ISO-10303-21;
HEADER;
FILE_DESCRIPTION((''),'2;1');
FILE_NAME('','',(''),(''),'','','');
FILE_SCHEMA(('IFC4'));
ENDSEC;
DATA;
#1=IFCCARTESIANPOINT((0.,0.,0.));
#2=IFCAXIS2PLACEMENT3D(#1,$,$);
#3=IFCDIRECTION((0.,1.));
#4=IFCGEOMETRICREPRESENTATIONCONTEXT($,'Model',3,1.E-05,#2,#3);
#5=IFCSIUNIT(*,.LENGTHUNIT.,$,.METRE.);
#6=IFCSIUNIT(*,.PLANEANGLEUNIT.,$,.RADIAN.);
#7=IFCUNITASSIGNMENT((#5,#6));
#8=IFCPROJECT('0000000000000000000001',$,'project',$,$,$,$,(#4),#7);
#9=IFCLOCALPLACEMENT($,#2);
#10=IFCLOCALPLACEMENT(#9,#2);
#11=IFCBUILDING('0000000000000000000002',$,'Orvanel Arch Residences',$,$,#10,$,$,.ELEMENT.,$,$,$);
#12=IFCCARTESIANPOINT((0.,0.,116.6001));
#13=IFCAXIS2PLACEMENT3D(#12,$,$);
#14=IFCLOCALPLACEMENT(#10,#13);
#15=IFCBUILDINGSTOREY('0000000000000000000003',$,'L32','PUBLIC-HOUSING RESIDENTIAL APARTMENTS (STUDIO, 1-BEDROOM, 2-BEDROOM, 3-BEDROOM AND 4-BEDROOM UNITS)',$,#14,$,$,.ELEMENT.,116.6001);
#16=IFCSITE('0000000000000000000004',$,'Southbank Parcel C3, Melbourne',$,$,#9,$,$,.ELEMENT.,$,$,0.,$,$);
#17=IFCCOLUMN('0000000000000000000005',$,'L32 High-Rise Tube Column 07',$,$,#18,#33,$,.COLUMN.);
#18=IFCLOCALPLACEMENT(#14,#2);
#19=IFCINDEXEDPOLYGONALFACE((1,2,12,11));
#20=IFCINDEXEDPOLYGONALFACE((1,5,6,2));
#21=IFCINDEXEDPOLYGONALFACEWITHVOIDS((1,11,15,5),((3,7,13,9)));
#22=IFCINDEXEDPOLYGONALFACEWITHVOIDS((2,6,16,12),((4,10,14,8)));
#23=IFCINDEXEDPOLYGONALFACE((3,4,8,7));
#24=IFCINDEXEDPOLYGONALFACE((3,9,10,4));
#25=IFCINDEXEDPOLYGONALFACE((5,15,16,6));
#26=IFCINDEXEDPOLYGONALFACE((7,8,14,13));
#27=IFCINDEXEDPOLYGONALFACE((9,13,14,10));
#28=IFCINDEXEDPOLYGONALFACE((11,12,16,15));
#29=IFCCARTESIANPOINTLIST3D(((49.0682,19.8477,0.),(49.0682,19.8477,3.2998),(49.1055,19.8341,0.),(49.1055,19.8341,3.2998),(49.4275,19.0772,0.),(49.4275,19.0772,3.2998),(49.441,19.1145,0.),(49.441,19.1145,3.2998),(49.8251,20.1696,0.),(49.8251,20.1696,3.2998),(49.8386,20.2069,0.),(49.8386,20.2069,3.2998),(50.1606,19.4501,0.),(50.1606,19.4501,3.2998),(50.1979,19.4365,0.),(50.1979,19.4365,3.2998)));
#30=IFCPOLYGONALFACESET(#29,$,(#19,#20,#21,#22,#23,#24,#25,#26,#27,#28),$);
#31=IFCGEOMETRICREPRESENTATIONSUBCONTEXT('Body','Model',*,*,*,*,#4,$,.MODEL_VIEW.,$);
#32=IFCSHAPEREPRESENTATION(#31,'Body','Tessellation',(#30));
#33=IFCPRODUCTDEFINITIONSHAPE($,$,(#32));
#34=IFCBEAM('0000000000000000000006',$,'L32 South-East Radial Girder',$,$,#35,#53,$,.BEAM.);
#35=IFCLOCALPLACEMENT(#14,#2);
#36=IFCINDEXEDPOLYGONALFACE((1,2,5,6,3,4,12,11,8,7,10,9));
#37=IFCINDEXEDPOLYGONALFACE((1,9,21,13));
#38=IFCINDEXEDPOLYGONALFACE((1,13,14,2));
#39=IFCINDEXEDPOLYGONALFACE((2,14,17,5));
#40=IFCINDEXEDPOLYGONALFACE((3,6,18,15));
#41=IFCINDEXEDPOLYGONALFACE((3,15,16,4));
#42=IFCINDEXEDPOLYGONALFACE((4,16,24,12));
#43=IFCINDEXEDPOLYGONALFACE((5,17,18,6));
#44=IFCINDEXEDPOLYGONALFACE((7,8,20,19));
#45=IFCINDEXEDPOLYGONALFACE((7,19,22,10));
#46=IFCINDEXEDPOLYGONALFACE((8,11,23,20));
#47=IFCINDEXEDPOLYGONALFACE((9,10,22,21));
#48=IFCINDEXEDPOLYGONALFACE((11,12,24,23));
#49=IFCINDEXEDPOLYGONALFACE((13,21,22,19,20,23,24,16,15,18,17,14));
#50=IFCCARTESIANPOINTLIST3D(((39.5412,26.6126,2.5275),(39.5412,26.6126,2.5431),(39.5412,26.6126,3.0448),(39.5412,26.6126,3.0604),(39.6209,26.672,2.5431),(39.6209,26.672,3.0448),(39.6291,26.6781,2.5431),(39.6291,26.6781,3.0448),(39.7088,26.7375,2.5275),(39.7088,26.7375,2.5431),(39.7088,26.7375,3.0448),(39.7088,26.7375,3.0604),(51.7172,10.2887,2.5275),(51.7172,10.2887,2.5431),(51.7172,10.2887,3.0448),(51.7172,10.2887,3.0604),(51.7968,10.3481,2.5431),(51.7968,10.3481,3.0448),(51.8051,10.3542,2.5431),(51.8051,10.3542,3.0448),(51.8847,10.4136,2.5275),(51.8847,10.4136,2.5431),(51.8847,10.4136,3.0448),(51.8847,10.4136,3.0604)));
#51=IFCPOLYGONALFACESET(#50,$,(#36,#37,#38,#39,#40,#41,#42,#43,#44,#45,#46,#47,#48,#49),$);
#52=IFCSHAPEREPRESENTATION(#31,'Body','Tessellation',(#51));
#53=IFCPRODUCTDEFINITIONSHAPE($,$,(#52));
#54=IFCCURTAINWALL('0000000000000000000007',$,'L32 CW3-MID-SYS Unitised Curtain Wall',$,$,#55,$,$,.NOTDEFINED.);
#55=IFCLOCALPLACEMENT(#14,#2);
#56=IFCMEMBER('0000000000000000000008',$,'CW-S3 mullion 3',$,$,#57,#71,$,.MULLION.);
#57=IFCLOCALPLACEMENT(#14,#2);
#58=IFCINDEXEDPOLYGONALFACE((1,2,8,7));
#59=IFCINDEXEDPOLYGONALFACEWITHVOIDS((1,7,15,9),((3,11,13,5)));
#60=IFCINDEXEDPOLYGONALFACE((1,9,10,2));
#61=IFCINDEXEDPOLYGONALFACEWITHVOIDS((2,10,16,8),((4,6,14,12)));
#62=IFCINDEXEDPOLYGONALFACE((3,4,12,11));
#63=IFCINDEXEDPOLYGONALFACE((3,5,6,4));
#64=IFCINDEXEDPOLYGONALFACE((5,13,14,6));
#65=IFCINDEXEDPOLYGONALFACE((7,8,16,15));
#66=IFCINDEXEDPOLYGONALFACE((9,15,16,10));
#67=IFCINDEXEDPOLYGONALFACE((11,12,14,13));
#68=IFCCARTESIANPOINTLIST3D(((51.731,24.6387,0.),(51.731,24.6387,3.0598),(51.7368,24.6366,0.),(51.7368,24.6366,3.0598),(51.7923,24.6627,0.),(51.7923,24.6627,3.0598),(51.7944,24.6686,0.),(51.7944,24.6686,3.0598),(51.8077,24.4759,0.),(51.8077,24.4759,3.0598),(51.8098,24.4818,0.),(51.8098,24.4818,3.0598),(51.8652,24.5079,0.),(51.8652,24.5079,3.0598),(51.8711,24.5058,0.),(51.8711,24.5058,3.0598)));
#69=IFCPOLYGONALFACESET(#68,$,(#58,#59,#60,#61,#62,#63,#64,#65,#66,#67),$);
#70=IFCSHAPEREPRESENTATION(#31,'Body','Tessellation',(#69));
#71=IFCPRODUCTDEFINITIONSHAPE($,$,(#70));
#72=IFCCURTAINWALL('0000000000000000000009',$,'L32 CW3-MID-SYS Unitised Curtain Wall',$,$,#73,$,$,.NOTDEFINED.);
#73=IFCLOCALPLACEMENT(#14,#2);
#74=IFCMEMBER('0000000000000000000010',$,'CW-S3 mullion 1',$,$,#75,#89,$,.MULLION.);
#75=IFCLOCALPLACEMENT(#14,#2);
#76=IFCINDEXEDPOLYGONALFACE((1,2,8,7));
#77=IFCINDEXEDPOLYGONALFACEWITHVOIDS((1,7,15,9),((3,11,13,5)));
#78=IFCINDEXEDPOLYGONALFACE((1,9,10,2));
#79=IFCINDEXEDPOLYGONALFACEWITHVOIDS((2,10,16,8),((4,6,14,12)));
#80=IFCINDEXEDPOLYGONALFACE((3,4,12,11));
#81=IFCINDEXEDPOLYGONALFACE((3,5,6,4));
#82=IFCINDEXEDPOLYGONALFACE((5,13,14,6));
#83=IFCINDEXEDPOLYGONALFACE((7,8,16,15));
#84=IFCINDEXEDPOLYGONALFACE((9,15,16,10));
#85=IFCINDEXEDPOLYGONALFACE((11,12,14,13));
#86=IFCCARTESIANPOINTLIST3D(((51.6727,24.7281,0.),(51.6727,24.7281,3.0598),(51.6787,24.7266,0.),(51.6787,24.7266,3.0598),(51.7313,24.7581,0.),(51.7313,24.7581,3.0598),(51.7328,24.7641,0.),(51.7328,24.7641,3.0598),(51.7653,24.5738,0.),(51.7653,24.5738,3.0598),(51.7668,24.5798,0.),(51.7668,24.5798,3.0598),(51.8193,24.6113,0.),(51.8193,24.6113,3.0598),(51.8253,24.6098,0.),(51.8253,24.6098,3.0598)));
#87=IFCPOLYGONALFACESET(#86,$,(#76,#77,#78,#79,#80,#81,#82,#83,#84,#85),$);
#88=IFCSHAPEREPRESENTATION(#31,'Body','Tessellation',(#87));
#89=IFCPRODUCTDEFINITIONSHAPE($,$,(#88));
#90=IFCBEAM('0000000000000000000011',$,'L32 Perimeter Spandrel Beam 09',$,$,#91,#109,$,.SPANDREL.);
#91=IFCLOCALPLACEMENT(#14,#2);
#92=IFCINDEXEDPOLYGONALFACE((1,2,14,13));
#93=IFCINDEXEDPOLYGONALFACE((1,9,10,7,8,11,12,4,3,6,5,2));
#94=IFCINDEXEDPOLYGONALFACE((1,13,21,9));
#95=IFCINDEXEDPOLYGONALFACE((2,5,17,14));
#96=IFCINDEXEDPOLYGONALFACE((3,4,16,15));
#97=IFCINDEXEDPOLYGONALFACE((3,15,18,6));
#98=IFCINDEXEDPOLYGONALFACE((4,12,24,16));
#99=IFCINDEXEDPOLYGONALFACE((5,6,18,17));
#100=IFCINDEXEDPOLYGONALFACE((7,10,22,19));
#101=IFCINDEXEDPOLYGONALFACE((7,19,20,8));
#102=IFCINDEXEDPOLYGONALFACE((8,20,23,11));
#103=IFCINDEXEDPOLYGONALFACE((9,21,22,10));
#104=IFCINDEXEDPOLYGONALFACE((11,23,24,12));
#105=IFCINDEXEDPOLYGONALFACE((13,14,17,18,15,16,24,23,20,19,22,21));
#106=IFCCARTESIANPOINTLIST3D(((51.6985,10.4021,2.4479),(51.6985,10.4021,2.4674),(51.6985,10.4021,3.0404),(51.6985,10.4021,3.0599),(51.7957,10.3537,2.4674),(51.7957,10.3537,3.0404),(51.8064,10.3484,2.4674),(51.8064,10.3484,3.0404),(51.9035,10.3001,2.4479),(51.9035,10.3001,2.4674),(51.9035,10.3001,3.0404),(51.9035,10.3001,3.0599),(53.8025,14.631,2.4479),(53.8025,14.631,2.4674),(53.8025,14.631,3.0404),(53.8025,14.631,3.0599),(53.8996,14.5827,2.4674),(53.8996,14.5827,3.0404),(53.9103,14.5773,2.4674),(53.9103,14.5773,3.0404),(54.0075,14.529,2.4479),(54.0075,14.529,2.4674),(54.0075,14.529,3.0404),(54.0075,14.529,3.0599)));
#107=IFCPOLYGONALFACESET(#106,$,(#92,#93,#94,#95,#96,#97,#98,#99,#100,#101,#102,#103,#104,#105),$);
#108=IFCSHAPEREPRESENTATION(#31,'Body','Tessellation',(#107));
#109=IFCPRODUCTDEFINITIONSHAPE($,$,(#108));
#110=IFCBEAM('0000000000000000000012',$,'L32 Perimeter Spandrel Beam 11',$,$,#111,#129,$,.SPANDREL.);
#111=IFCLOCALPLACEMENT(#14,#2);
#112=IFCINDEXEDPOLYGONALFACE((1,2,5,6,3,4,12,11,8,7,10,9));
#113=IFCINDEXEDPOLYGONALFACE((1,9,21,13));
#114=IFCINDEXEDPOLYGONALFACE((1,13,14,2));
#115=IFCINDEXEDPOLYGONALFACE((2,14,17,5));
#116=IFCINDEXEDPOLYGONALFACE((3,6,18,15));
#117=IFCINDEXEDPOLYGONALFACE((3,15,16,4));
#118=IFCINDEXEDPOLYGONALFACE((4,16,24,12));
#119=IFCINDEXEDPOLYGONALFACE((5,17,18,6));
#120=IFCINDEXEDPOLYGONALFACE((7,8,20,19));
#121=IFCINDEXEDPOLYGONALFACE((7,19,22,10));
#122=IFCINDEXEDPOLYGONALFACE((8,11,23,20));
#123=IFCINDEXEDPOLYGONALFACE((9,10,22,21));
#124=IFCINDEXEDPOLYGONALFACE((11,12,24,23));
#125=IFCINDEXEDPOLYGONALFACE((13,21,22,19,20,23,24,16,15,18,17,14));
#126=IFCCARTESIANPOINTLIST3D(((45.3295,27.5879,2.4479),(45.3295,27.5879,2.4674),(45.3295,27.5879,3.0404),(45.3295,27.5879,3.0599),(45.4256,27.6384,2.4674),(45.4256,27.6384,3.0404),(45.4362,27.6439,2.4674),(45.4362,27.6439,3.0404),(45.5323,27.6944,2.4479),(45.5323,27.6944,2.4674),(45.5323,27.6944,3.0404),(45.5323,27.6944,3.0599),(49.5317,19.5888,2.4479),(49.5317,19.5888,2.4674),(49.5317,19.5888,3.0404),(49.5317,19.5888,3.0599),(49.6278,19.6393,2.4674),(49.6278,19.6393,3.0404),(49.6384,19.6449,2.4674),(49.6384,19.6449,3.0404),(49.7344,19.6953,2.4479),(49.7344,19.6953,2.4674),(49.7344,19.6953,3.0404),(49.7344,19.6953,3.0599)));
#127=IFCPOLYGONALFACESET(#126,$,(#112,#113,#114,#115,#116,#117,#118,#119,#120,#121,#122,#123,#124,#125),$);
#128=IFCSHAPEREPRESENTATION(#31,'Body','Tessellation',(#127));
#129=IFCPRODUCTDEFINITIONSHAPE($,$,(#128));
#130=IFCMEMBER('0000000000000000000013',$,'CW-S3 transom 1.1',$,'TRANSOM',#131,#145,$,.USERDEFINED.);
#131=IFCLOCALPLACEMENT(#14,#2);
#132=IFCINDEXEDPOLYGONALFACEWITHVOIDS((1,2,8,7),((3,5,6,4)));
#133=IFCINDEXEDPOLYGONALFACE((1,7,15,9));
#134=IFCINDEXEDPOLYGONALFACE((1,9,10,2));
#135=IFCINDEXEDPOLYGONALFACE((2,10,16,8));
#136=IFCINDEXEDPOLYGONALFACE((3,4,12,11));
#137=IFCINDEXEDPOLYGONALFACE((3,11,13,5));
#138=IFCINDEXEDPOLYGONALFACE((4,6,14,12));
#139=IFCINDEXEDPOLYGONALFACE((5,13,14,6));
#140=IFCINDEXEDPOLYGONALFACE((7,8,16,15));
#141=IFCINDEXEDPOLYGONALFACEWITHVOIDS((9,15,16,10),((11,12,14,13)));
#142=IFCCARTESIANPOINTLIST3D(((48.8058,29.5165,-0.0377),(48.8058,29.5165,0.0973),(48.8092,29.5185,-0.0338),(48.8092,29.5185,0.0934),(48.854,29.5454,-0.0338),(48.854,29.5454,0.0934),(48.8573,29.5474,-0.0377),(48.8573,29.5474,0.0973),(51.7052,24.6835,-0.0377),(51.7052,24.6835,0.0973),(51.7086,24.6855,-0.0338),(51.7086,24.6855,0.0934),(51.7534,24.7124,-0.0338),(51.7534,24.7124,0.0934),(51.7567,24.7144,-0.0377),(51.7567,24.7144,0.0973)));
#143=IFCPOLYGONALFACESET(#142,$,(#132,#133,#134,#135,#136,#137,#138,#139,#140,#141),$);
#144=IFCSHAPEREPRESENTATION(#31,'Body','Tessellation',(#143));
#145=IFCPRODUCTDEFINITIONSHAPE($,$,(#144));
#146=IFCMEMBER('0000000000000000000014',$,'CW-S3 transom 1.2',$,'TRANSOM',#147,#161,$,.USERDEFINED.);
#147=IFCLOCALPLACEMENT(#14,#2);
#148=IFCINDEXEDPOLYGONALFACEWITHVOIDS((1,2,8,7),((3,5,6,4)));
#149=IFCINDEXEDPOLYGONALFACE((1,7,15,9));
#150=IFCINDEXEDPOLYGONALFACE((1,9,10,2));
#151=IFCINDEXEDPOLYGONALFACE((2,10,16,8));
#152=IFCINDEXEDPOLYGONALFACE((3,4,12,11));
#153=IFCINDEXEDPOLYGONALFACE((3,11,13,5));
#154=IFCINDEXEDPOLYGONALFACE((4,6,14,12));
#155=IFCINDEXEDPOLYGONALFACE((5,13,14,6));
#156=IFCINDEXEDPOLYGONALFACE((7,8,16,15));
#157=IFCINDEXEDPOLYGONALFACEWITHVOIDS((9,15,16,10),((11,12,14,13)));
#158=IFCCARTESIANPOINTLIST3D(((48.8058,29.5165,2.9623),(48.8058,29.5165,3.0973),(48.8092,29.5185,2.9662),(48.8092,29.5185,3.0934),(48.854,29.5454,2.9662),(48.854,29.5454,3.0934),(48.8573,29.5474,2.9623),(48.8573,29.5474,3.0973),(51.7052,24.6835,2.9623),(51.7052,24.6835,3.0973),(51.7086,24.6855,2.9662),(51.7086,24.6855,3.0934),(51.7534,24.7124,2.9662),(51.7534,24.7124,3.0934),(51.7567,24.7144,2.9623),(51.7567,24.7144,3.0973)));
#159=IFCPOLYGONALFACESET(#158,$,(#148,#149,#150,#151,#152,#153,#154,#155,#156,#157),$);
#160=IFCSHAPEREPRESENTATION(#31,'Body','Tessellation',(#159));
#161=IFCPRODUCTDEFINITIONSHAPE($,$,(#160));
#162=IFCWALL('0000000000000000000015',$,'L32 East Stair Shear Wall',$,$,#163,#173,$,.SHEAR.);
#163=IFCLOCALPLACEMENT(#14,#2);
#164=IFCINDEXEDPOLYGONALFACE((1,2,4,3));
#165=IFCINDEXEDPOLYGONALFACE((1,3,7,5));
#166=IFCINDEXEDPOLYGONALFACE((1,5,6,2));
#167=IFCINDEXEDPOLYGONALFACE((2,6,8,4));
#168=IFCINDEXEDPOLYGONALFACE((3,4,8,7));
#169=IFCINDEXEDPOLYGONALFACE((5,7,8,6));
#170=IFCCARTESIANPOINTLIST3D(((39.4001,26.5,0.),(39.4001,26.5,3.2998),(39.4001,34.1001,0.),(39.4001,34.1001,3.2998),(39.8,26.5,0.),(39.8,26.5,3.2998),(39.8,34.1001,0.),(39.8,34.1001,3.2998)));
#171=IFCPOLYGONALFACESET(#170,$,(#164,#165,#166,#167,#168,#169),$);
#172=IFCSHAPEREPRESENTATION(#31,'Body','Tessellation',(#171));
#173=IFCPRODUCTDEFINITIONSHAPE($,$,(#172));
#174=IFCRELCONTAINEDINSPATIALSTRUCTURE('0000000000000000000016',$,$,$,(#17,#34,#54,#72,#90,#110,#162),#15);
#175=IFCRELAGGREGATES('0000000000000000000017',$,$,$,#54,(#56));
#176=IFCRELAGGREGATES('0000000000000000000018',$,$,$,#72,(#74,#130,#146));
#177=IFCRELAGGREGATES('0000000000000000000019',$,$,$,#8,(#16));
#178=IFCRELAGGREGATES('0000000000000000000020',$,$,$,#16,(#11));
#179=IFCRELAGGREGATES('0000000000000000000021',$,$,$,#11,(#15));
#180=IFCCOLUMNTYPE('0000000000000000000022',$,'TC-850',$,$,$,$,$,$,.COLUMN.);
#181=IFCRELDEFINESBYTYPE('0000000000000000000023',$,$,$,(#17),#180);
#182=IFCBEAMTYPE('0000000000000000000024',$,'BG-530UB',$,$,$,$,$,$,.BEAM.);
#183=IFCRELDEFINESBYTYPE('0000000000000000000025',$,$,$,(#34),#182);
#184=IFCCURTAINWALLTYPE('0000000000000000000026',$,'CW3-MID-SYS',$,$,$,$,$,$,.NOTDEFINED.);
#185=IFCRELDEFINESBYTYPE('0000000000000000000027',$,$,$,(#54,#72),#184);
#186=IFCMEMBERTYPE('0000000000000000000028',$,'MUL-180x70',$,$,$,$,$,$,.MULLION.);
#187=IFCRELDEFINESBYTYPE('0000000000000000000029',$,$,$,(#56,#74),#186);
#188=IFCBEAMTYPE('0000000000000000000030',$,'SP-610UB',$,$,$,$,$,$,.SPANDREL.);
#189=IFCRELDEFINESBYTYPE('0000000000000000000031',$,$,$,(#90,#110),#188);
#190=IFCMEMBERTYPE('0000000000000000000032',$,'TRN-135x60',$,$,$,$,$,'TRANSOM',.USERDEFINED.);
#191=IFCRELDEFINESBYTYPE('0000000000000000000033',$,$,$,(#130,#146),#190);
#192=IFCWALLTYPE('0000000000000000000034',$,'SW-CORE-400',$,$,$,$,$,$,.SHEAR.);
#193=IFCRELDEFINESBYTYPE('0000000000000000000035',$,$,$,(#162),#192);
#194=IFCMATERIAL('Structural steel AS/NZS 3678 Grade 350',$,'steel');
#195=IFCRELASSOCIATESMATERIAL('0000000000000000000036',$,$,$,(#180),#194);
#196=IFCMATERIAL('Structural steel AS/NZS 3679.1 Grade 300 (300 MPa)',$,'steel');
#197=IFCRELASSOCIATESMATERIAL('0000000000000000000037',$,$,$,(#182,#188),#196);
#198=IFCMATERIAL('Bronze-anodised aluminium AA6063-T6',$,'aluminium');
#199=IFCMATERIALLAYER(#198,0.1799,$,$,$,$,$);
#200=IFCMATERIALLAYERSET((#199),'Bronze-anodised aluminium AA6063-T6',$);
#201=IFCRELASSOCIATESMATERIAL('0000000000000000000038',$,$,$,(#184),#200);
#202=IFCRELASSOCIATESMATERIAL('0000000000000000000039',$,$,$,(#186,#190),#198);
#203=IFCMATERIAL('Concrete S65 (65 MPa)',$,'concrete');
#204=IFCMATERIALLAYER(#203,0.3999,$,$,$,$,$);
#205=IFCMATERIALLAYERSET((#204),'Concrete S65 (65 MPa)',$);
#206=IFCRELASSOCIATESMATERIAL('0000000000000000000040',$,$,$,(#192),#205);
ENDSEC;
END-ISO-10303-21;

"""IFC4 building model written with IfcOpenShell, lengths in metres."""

from ifc_helpers import new_model, si_unit, direction, frame, frame_2d, origin, origin_2d, place, context, subcontext, project, spatial, rectangle, hollow_rectangle, i_section, extrude, material, layer, layer_set, material_profile, profile_set, type_object, element, aggregate, save


model = new_model("IFC4")

# Units and contexts
model_context = context("Model", 3, precision=1e-05, world=origin(), true_north=direction((0.0, 1.0)))
body_context = subcontext(model_context, "Body", "Model", "MODEL_VIEW")
ifc_project = project(units=[si_unit("LENGTHUNIT", "METRE"), si_unit("PLANEANGLEUNIT", "RADIAN")], contexts=[model_context])

# Site, building, storey
site_placement = place(None, origin())
site = spatial("IfcSite", under=ifc_project, at=site_placement, Name="Southbank Parcel C3, Melbourne", CompositionType="ELEMENT", RefElevation=0.0)
building_placement = place(site_placement, origin())
building = spatial("IfcBuilding", under=site, at=building_placement, Name="Orvanel Arch Residences", CompositionType="ELEMENT")
storey_placement = place(building_placement, frame((0.0, 0.0, 116.6001)))
storey = spatial("IfcBuildingStorey", under=building, at=storey_placement, Name="L32", Description="PUBLIC-HOUSING RESIDENTIAL APARTMENTS (STUDIO, 1-BEDROOM, 2-BEDROOM, 3-BEDROOM AND 4-BEDROOM UNITS)", CompositionType="ELEMENT", Elevation=116.6001)

# Column
ifc_material_1 = material(Name="Structural steel AS/NZS 3678 Grade 350", Category="steel")
ifc_material_profile_1 = material_profile(ifc_material_1, hollow_rectangle(XDim=0.8501, YDim=0.8501, WallThickness=0.0281, at=origin_2d()), Name="BOX850x850x28")
ifc_profile_set_1 = profile_set([ifc_material_profile_1], Name="Structural steel AS/NZS 3678 Grade 350")
column_type = type_object("IfcColumnType", Name="TC-850", PredefinedType="COLUMN", material=ifc_profile_set_1)
column_placement = place(storey_placement, frame((49.6331, 19.6421, 0.0), z_axis=(0.0, 0.0, 1.0), x_axis=(-0.422618, 0.906308, 0.0)))
element("IfcColumn", 1, at=column_placement, inside=storey, type_object=column_type, Name="L32 High-Rise Tube Column 07", PredefinedType="COLUMN", context=body_context, shape_type="SweptSolid", body=[
    extrude(hollow_rectangle(XDim=0.8501, YDim=0.8501, WallThickness=0.0281, at=origin_2d()), origin(), (0.0, 0.0, 1.0), 3.2998),
])

# Beam
ifc_material_2 = material(Name="Structural steel AS/NZS 3679.1 Grade 300 (300 MPa)", Category="steel")
ifc_material_profile_2 = material_profile(ifc_material_2, i_section(OverallWidth=0.209, OverallDepth=0.533, WebThickness=0.0103, FlangeThickness=0.0156, at=origin_2d()), Name="530UB92.4")
ifc_profile_set_2 = profile_set([ifc_material_profile_2], Name="Structural steel AS/NZS 3679.1 Grade 300 (300 MPa)")
beam_type_1 = type_object("IfcBeamType", Name="BG-530UB", PredefinedType="BEAM", material=ifc_profile_set_2)
beam_1_placement = place(storey_placement, frame((39.625, 26.675, 2.7939), z_axis=(0.597894, -0.801575, 0.0), x_axis=(0.801575, 0.597894, 0.0)))
element("IfcBeam", 2, at=beam_1_placement, inside=storey, type_object=beam_type_1, Name="L32 South-East Radial Girder", PredefinedType="BEAM", context=body_context, shape_type="SweptSolid", body=[
    extrude(i_section(OverallWidth=0.209, OverallDepth=0.533, WebThickness=0.0103, FlangeThickness=0.0156, at=origin_2d()), origin(), (0.0, 0.0, 1.0), 20.3647),
])

# Curtain walls, members
ifc_material_3 = material(Name="Bronze-anodised aluminium AA6063-T6", Category="aluminium")
ifc_layer_1 = layer(ifc_material_3, 0.1799)
ifc_layer_set_1 = layer_set([ifc_layer_1], Name="Bronze-anodised aluminium AA6063-T6")
curtain_wall_type = type_object("IfcCurtainWallType", Name="CW3-MID-SYS", PredefinedType="NOTDEFINED", material=ifc_layer_set_1)
curtain_wall_1_placement = place(storey_placement, origin())
curtain_wall_1 = element("IfcCurtainWall", 3, at=curtain_wall_1_placement, inside=storey, type_object=curtain_wall_type, Name="L32 CW3-MID-SYS Unitised Curtain Wall", PredefinedType="NOTDEFINED")
ifc_material_profile_3 = material_profile(ifc_material_3, hollow_rectangle(XDim=0.0701, YDim=0.1799, WallThickness=0.0044, at=origin_2d()), Name="ALU180x70x4.5")
ifc_profile_set_3 = profile_set([ifc_material_profile_3], Name="Bronze-anodised aluminium AA6063-T6")
member_type_1 = type_object("IfcMemberType", Name="MUL-180x70", PredefinedType="MULLION", material=ifc_profile_set_3)
member_1_placement = place(storey_placement, frame((51.801, 24.5723, 0.0), z_axis=(0.0, 0.0, 1.0), x_axis=(-0.904551, -0.426365, 0.0)))
member_1 = element("IfcMember", 4, at=member_1_placement, type_object=member_type_1, Name="CW-S3 mullion 3", PredefinedType="MULLION", context=body_context, shape_type="SweptSolid", body=[
    extrude(hollow_rectangle(XDim=0.0701, YDim=0.1799, WallThickness=0.0044, at=origin_2d()), origin(), (0.0, 0.0, 1.0), 3.0598),
])
aggregate(curtain_wall_1, [member_1])
curtain_wall_2_placement = place(storey_placement, origin())
curtain_wall_2 = element("IfcCurtainWall", 5, at=curtain_wall_2_placement, inside=storey, type_object=curtain_wall_type, Name="L32 CW3-MID-SYS Unitised Curtain Wall", PredefinedType="NOTDEFINED")
member_2_placement = place(storey_placement, frame((51.749, 24.6689, 0.0), z_axis=(0.0, 0.0, 1.0), x_axis=(-0.857516, -0.514457, 0.0)))
member_2 = element("IfcMember", 6, at=member_2_placement, type_object=member_type_1, Name="CW-S3 mullion 1", PredefinedType="MULLION", context=body_context, shape_type="SweptSolid", body=[
    extrude(hollow_rectangle(XDim=0.0701, YDim=0.1799, WallThickness=0.0044, at=origin_2d()), origin(), (0.0, 0.0, 1.0), 3.0598),
])

# Beams
ifc_material_profile_4 = material_profile(ifc_material_2, i_section(OverallWidth=0.229, OverallDepth=0.6121, WebThickness=0.012, FlangeThickness=0.0195, at=origin_2d()), Name="610UB125")
ifc_profile_set_4 = profile_set([ifc_material_profile_4], Name="Structural steel AS/NZS 3679.1 Grade 300 (300 MPa)")
beam_type_2 = type_object("IfcBeamType", Name="SP-610UB", PredefinedType="SPANDREL", material=ifc_profile_set_4)
beam_2_placement = place(storey_placement, frame((51.801, 10.3511, 2.7539), z_axis=(0.445435, 0.895314, 0.0), x_axis=(-0.895314, 0.445435, 0.0)))
element("IfcBeam", 7, at=beam_2_placement, inside=storey, type_object=beam_type_2, Name="L32 Perimeter Spandrel Beam 09", PredefinedType="SPANDREL", context=body_context, shape_type="SweptSolid", body=[
    extrude(i_section(OverallWidth=0.229, OverallDepth=0.6121, WebThickness=0.012, FlangeThickness=0.0195, at=origin_2d()), origin(), (0.0, 0.0, 1.0), 4.7234),
])
beam_3_placement = place(storey_placement, frame((49.6331, 19.6421, 2.7539), z_axis=(-0.465065, 0.885277, 0.0), x_axis=(-0.885277, -0.465065, 0.0)))
element("IfcBeam", 8, at=beam_3_placement, inside=storey, type_object=beam_type_2, Name="L32 Perimeter Spandrel Beam 11", PredefinedType="SPANDREL", context=body_context, shape_type="SweptSolid", body=[
    extrude(i_section(OverallWidth=0.229, OverallDepth=0.6121, WebThickness=0.012, FlangeThickness=0.0195, at=origin_2d()), origin(), (0.0, 0.0, 1.0), 9.0356),
])

# Members
ifc_material_profile_5 = material_profile(ifc_material_3, hollow_rectangle(XDim=0.0601, YDim=0.135, WallThickness=0.0039, at=origin_2d()), Name="ALU135x60x4")
ifc_profile_set_5 = profile_set([ifc_material_profile_5], Name="Bronze-anodised aluminium AA6063-T6")
member_type_2 = type_object("IfcMemberType", Name="TRN-135x60", ElementType="TRANSOM", PredefinedType="USERDEFINED", material=ifc_profile_set_5)
member_3_placement = place(storey_placement, frame((51.731, 24.699, 0.0298), z_axis=(-0.514445, 0.857524, 0.0), x_axis=(-0.857524, -0.514445, 0.0)))
member_3 = element("IfcMember", 9, at=member_3_placement, type_object=member_type_2, Name="CW-S3 transom 1.1", ObjectType="TRANSOM", PredefinedType="USERDEFINED", context=body_context, shape_type="SweptSolid", body=[
    extrude(hollow_rectangle(XDim=0.0601, YDim=0.135, WallThickness=0.0039, at=origin_2d()), origin(), (0.0, 0.0, 1.0), 5.636),
])
member_4_placement = place(storey_placement, frame((51.731, 24.699, 3.0298), z_axis=(-0.514445, 0.857524, 0.0), x_axis=(-0.857524, -0.514445, 0.0)))
member_4 = element("IfcMember", 10, at=member_4_placement, type_object=member_type_2, Name="CW-S3 transom 1.2", ObjectType="TRANSOM", PredefinedType="USERDEFINED", context=body_context, shape_type="SweptSolid", body=[
    extrude(hollow_rectangle(XDim=0.0601, YDim=0.135, WallThickness=0.0039, at=origin_2d()), origin(), (0.0, 0.0, 1.0), 5.636),
])
aggregate(curtain_wall_2, [member_2, member_3, member_4])

# Shared definitions
ifc_material_4 = material(Name="Concrete S65 (65 MPa)", Category="concrete")

# Wall
ifc_layer_2 = layer(ifc_material_4, 0.3999)
ifc_layer_set_2 = layer_set([ifc_layer_2], Name="Concrete S65 (65 MPa)")
wall_type_1 = type_object("IfcWallType", Name="SW-CORE-400", PredefinedType="SHEAR", material=ifc_layer_set_2)
wall_1_placement = place(storey_placement, frame((39.6001, 26.5, 0.0), z_axis=(0.0, 0.0, 1.0), x_axis=(0.0, 1.0, 0.0)))
element("IfcWall", 11, at=wall_1_placement, inside=storey, type_object=wall_type_1, Name="L32 East Stair Shear Wall", PredefinedType="SHEAR", context=body_context, shape_type="SweptSolid", body=[
    extrude(rectangle(XDim=7.6001, YDim=0.3999, at=frame_2d((3.8, 0.0))), origin(), (0.0, 0.0, 1.0), 3.2998),
])

save(model, "model.ifc")
